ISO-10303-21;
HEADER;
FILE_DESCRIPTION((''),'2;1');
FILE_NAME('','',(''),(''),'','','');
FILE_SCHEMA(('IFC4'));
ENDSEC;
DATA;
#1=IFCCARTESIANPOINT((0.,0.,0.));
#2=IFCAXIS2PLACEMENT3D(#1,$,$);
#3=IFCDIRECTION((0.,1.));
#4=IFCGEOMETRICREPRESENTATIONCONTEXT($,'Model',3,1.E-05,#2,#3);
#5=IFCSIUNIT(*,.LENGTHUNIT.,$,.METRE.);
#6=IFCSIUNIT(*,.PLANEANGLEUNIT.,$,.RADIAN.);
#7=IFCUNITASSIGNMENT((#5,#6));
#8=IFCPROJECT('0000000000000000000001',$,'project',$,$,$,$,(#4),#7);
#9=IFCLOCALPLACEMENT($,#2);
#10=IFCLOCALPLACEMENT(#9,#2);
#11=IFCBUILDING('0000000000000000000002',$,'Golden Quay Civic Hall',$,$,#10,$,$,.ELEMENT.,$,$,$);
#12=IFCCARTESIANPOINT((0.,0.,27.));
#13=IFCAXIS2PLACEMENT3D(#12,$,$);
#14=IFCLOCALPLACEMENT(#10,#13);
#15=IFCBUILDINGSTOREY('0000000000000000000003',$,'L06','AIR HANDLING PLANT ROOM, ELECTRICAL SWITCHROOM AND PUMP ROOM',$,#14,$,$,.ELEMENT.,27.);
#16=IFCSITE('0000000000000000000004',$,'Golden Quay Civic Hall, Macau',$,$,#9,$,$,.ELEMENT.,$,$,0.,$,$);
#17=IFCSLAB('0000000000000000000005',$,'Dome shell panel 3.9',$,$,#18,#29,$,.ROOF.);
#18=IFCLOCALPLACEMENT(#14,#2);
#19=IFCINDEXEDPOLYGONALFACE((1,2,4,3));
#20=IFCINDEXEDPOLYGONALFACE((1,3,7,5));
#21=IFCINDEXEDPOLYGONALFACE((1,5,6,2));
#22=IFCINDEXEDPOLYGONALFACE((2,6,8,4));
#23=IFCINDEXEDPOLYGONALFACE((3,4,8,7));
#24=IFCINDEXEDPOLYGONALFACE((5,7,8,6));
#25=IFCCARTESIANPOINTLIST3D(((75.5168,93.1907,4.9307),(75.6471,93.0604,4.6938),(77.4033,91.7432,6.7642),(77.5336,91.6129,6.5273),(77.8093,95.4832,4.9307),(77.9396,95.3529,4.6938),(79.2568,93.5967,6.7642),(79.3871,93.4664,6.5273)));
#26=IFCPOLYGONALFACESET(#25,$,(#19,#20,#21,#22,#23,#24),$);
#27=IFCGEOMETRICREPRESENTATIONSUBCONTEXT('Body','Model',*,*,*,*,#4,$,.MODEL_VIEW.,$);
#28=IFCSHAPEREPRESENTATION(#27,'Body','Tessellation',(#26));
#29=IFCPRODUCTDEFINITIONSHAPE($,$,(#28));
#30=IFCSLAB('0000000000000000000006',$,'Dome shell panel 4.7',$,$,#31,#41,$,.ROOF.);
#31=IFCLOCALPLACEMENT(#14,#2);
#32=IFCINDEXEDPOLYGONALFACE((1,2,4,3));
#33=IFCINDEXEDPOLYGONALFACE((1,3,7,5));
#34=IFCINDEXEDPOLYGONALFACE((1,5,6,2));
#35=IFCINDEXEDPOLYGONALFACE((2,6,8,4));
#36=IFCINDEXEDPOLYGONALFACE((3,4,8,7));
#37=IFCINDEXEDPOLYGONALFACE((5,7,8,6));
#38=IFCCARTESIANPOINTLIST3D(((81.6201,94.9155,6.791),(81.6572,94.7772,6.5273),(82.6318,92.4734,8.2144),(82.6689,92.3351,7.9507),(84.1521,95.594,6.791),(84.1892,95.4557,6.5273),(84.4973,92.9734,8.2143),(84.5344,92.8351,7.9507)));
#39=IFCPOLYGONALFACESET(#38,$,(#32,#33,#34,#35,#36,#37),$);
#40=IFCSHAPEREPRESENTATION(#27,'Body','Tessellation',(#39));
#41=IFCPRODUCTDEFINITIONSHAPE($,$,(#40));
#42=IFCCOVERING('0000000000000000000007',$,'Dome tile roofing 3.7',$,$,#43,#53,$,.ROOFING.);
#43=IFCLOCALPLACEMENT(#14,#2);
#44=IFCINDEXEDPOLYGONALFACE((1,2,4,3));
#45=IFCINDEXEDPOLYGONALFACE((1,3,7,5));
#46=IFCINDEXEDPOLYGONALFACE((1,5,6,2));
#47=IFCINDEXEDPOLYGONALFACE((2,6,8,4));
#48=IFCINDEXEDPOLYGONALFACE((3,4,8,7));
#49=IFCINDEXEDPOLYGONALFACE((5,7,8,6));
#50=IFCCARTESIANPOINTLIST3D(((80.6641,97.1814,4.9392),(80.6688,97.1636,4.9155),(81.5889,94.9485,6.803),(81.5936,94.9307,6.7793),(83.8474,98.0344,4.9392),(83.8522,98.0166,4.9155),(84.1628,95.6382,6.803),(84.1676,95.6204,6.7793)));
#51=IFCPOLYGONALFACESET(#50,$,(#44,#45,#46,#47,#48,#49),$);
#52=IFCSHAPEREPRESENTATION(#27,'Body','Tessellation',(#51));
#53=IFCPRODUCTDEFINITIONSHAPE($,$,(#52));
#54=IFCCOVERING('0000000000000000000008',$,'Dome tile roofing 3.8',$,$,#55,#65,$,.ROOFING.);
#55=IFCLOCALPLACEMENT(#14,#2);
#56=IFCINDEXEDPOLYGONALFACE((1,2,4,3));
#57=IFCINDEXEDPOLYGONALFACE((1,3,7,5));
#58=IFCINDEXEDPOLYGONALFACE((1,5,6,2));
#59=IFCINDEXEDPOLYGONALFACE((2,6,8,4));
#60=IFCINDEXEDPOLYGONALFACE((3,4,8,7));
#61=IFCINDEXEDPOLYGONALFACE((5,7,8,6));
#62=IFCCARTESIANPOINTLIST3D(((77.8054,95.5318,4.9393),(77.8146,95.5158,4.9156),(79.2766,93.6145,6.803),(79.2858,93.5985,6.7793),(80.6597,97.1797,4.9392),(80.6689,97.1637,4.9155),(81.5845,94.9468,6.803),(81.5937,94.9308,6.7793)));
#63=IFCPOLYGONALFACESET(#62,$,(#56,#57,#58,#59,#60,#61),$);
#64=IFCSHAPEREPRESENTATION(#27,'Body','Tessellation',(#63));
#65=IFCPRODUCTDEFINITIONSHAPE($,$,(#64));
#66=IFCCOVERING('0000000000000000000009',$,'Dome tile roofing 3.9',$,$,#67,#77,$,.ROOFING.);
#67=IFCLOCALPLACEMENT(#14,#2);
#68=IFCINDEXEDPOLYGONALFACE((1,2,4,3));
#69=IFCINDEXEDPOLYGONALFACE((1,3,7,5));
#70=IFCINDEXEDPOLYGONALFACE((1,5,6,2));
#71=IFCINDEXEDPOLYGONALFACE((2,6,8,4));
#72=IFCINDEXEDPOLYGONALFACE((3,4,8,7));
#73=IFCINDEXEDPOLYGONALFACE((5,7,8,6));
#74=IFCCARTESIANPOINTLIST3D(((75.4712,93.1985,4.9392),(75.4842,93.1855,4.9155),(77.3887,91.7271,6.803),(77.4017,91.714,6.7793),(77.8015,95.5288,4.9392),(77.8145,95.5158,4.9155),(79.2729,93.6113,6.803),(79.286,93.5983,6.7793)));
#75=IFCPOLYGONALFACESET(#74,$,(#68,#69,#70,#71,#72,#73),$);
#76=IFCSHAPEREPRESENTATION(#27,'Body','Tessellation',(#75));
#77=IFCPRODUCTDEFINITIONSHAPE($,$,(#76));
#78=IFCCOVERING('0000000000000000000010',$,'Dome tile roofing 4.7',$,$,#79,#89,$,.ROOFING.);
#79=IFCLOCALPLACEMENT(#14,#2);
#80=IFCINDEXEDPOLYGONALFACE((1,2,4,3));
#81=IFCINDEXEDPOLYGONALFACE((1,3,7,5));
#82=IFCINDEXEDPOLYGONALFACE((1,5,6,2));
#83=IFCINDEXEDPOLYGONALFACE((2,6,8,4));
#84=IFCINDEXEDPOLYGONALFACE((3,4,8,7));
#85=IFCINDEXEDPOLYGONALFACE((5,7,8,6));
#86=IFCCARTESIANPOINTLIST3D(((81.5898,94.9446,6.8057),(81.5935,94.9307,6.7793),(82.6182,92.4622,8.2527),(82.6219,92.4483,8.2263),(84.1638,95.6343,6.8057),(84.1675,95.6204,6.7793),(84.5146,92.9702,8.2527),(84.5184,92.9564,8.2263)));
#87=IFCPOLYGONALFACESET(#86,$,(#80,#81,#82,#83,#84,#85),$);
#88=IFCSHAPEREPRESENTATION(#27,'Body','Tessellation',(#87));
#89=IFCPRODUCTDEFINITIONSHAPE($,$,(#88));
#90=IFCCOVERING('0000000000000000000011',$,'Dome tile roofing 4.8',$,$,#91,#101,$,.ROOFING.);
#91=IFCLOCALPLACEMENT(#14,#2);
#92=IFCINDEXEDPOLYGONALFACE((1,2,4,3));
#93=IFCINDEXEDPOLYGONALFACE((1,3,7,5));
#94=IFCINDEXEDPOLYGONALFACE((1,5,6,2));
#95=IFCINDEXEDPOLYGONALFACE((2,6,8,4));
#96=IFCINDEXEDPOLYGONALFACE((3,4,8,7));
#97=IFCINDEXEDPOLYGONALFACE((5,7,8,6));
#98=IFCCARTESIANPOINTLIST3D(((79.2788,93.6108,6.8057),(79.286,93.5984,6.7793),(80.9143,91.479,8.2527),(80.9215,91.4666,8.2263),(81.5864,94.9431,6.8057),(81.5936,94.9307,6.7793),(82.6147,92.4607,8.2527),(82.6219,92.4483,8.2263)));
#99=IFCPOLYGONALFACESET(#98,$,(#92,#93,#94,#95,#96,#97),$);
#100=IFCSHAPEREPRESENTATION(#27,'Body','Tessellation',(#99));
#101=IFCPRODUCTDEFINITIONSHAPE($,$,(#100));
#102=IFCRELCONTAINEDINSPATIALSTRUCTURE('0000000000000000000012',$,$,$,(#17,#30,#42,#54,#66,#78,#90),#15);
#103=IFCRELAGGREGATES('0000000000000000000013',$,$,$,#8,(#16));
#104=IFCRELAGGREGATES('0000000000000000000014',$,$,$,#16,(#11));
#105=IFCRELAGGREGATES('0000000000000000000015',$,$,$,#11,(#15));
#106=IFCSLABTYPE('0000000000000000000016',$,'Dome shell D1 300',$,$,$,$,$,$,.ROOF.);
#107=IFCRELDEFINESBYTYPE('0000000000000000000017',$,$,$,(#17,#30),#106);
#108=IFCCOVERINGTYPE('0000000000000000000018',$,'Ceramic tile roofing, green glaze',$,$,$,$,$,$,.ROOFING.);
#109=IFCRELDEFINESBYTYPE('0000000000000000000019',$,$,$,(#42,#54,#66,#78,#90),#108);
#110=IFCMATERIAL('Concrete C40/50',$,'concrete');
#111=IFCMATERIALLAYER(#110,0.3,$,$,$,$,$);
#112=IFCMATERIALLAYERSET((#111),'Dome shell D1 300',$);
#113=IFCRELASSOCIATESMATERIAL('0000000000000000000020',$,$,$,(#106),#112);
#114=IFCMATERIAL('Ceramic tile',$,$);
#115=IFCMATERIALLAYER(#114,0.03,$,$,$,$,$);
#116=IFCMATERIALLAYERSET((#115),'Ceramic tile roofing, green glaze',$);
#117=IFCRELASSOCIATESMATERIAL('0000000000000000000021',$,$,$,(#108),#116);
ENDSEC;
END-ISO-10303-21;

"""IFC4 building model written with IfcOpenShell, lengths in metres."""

from ifc_helpers import new_model, si_unit, direction, frame, origin, place, context, subcontext, project, spatial, polyline, outline, extrude, material, layer, layer_set, type_object, element, save


model = new_model("IFC4")

# Units and contexts
model_context = context("Model", 3, precision=1e-05, world=origin(), true_north=direction((0.0, 1.0)))
body_context = subcontext(model_context, "Body", "Model", "MODEL_VIEW")
ifc_project = project(units=[si_unit("LENGTHUNIT", "METRE"), si_unit("PLANEANGLEUNIT", "RADIAN")], contexts=[model_context])

# Site, building, storey
site_placement = place(None, origin())
site = spatial("IfcSite", under=ifc_project, at=site_placement, Name="Golden Quay Civic Hall, Macau", CompositionType="ELEMENT", RefElevation=0.0)
building_placement = place(site_placement, origin())
building = spatial("IfcBuilding", under=site, at=building_placement, Name="Golden Quay Civic Hall", CompositionType="ELEMENT")
storey_placement = place(building_placement, frame((0.0, 0.0, 27.0)))
storey = spatial("IfcBuildingStorey", under=building, at=storey_placement, Name="L06", Description="AIR HANDLING PLANT ROOM, ELECTRICAL SWITCHROOM AND PUMP ROOM", CompositionType="ELEMENT", Elevation=27.0)

# Slabs
ifc_material_1 = material(Name="Concrete C40/50", Category="concrete")
ifc_layer_1 = layer(ifc_material_1, 0.3)
ifc_layer_set_1 = layer_set([ifc_layer_1], Name="Dome shell D1 300")
slab_type = type_object("IfcSlabType", Name="Dome shell D1 300", PredefinedType="ROOF", material=ifc_layer_set_1)
slab_1_placement = place(storey_placement, frame((77.8093, 95.4832, 4.9307), z_axis=(-0.434107, 0.434107, 0.789369), x_axis=(-0.707107, -0.707107, 0.0)))
element("IfcSlab", 1, at=slab_1_placement, inside=storey, type_object=slab_type, Name="Dome shell panel 3.9", PredefinedType="ROOF", context=body_context, shape_type="SweptSolid", body=[
    extrude(outline(polyline([(0.0, 0.0), (3.2421, 0.0), (2.9317, 2.9865), (0.3104, 2.9865), (0.0, 0.0)])), origin(), (0.0, 0.0, -1.0), 0.3),
])
slab_2_placement = place(storey_placement, frame((84.1521, 95.594, 6.791), z_axis=(-0.123542, 0.460997, 0.87876), x_axis=(-0.965922, -0.258834, -0.000011)))
element("IfcSlab", 2, at=slab_2_placement, inside=storey, type_object=slab_type, Name="Dome shell panel 4.7", PredefinedType="ROOF", context=body_context, shape_type="SweptSolid", body=[
    extrude(outline(polyline([(0.0, 0.0), (2.6213, 0.0), (2.2762, 2.9823), (0.3448, 2.9822), (0.0, 0.0)])), origin(), (0.0, 0.0, -1.0), 0.3),
])

# Coverings
ifc_material_2 = material(Name="Ceramic tile")
ifc_layer_2 = layer(ifc_material_2, 0.03)
ifc_layer_set_2 = layer_set([ifc_layer_2], Name="Ceramic tile roofing, green glaze")
covering_type = type_object("IfcCoveringType", Name="Ceramic tile roofing, green glaze", PredefinedType="ROOFING", material=ifc_layer_set_2)
covering_1_placement = place(storey_placement, frame((83.8474, 98.0344, 4.9392), z_axis=(-0.158908, 0.59303, 0.789344), x_axis=(-0.965923, -0.258831, 0.000003)))
element("IfcCovering", 3, at=covering_1_placement, inside=storey, type_object=covering_type, Name="Dome tile roofing 3.7", PredefinedType="ROOFING", context=body_context, shape_type="SweptSolid", body=[
    extrude(outline(polyline([(0.0, 0.0), (3.2957, 0.0), (2.9803, 3.0357), (0.3155, 3.0357), (0.0, 0.0)])), origin(), (0.0, 0.0, -1.0), 0.03),
])
covering_2_placement = place(storey_placement, frame((80.6597, 97.1797, 4.9392), z_axis=(-0.306978, 0.531723, 0.789326), x_axis=(-0.866025, -0.500001, 0.000015)))
element("IfcCovering", 4, at=covering_2_placement, inside=storey, type_object=covering_type, Name="Dome tile roofing 3.8", PredefinedType="ROOFING", context=body_context, shape_type="SweptSolid", body=[
    extrude(outline(polyline([(0.0, 0.0), (3.2958, 0.0), (2.9804, 3.0355), (0.3156, 3.0357), (0.0, 0.0)])), origin(), (0.0, 0.0, -1.0), 0.03),
])
covering_3_placement = place(storey_placement, frame((77.8015, 95.5288, 4.9392), z_axis=(-0.434116, 0.434116, 0.789358), x_axis=(-0.707107, -0.707107, 0.0)))
element("IfcCovering", 5, at=covering_3_placement, inside=storey, type_object=covering_type, Name="Dome tile roofing 3.9", PredefinedType="ROOFING", context=body_context, shape_type="SweptSolid", body=[
    extrude(outline(polyline([(0.0, 0.0), (3.2956, 0.0), (2.9802, 3.0358), (0.3154, 3.0358), (0.0, 0.0)])), origin(), (0.0, 0.0, -1.0), 0.03),
])
covering_4_placement = place(storey_placement, frame((84.1638, 95.6343, 6.8057), z_axis=(-0.123525, 0.461042, 0.878739), x_axis=(-0.965927, -0.258815, 0.000009)))
element("IfcCovering", 6, at=covering_4_placement, inside=storey, type_object=covering_type, Name="Dome tile roofing 4.7", PredefinedType="ROOFING", context=body_context, shape_type="SweptSolid", body=[
    extrude(outline(polyline([(0.0, 0.0), (2.6648, 0.0), (2.314, 3.0316), (0.3506, 3.0317), (0.0, 0.0)])), origin(), (0.0, 0.0, -1.0), 0.03),
])
covering_5_placement = place(storey_placement, frame((81.5864, 94.9431, 6.8057), z_axis=(-0.238648, 0.413367, 0.878735), x_axis=(-0.866031, -0.499991, 0.000003)))
element("IfcCovering", 7, at=covering_5_placement, inside=storey, type_object=covering_type, Name="Dome tile roofing 4.8", PredefinedType="ROOFING", context=body_context, shape_type="SweptSolid", body=[
    extrude(outline(polyline([(0.0, 0.0), (2.6646, 0.0), (2.3141, 3.0316), (0.3506, 3.0316), (0.0, 0.0)])), origin(), (0.0, 0.0, -1.0), 0.03),
])

save(model, "model.ifc")
